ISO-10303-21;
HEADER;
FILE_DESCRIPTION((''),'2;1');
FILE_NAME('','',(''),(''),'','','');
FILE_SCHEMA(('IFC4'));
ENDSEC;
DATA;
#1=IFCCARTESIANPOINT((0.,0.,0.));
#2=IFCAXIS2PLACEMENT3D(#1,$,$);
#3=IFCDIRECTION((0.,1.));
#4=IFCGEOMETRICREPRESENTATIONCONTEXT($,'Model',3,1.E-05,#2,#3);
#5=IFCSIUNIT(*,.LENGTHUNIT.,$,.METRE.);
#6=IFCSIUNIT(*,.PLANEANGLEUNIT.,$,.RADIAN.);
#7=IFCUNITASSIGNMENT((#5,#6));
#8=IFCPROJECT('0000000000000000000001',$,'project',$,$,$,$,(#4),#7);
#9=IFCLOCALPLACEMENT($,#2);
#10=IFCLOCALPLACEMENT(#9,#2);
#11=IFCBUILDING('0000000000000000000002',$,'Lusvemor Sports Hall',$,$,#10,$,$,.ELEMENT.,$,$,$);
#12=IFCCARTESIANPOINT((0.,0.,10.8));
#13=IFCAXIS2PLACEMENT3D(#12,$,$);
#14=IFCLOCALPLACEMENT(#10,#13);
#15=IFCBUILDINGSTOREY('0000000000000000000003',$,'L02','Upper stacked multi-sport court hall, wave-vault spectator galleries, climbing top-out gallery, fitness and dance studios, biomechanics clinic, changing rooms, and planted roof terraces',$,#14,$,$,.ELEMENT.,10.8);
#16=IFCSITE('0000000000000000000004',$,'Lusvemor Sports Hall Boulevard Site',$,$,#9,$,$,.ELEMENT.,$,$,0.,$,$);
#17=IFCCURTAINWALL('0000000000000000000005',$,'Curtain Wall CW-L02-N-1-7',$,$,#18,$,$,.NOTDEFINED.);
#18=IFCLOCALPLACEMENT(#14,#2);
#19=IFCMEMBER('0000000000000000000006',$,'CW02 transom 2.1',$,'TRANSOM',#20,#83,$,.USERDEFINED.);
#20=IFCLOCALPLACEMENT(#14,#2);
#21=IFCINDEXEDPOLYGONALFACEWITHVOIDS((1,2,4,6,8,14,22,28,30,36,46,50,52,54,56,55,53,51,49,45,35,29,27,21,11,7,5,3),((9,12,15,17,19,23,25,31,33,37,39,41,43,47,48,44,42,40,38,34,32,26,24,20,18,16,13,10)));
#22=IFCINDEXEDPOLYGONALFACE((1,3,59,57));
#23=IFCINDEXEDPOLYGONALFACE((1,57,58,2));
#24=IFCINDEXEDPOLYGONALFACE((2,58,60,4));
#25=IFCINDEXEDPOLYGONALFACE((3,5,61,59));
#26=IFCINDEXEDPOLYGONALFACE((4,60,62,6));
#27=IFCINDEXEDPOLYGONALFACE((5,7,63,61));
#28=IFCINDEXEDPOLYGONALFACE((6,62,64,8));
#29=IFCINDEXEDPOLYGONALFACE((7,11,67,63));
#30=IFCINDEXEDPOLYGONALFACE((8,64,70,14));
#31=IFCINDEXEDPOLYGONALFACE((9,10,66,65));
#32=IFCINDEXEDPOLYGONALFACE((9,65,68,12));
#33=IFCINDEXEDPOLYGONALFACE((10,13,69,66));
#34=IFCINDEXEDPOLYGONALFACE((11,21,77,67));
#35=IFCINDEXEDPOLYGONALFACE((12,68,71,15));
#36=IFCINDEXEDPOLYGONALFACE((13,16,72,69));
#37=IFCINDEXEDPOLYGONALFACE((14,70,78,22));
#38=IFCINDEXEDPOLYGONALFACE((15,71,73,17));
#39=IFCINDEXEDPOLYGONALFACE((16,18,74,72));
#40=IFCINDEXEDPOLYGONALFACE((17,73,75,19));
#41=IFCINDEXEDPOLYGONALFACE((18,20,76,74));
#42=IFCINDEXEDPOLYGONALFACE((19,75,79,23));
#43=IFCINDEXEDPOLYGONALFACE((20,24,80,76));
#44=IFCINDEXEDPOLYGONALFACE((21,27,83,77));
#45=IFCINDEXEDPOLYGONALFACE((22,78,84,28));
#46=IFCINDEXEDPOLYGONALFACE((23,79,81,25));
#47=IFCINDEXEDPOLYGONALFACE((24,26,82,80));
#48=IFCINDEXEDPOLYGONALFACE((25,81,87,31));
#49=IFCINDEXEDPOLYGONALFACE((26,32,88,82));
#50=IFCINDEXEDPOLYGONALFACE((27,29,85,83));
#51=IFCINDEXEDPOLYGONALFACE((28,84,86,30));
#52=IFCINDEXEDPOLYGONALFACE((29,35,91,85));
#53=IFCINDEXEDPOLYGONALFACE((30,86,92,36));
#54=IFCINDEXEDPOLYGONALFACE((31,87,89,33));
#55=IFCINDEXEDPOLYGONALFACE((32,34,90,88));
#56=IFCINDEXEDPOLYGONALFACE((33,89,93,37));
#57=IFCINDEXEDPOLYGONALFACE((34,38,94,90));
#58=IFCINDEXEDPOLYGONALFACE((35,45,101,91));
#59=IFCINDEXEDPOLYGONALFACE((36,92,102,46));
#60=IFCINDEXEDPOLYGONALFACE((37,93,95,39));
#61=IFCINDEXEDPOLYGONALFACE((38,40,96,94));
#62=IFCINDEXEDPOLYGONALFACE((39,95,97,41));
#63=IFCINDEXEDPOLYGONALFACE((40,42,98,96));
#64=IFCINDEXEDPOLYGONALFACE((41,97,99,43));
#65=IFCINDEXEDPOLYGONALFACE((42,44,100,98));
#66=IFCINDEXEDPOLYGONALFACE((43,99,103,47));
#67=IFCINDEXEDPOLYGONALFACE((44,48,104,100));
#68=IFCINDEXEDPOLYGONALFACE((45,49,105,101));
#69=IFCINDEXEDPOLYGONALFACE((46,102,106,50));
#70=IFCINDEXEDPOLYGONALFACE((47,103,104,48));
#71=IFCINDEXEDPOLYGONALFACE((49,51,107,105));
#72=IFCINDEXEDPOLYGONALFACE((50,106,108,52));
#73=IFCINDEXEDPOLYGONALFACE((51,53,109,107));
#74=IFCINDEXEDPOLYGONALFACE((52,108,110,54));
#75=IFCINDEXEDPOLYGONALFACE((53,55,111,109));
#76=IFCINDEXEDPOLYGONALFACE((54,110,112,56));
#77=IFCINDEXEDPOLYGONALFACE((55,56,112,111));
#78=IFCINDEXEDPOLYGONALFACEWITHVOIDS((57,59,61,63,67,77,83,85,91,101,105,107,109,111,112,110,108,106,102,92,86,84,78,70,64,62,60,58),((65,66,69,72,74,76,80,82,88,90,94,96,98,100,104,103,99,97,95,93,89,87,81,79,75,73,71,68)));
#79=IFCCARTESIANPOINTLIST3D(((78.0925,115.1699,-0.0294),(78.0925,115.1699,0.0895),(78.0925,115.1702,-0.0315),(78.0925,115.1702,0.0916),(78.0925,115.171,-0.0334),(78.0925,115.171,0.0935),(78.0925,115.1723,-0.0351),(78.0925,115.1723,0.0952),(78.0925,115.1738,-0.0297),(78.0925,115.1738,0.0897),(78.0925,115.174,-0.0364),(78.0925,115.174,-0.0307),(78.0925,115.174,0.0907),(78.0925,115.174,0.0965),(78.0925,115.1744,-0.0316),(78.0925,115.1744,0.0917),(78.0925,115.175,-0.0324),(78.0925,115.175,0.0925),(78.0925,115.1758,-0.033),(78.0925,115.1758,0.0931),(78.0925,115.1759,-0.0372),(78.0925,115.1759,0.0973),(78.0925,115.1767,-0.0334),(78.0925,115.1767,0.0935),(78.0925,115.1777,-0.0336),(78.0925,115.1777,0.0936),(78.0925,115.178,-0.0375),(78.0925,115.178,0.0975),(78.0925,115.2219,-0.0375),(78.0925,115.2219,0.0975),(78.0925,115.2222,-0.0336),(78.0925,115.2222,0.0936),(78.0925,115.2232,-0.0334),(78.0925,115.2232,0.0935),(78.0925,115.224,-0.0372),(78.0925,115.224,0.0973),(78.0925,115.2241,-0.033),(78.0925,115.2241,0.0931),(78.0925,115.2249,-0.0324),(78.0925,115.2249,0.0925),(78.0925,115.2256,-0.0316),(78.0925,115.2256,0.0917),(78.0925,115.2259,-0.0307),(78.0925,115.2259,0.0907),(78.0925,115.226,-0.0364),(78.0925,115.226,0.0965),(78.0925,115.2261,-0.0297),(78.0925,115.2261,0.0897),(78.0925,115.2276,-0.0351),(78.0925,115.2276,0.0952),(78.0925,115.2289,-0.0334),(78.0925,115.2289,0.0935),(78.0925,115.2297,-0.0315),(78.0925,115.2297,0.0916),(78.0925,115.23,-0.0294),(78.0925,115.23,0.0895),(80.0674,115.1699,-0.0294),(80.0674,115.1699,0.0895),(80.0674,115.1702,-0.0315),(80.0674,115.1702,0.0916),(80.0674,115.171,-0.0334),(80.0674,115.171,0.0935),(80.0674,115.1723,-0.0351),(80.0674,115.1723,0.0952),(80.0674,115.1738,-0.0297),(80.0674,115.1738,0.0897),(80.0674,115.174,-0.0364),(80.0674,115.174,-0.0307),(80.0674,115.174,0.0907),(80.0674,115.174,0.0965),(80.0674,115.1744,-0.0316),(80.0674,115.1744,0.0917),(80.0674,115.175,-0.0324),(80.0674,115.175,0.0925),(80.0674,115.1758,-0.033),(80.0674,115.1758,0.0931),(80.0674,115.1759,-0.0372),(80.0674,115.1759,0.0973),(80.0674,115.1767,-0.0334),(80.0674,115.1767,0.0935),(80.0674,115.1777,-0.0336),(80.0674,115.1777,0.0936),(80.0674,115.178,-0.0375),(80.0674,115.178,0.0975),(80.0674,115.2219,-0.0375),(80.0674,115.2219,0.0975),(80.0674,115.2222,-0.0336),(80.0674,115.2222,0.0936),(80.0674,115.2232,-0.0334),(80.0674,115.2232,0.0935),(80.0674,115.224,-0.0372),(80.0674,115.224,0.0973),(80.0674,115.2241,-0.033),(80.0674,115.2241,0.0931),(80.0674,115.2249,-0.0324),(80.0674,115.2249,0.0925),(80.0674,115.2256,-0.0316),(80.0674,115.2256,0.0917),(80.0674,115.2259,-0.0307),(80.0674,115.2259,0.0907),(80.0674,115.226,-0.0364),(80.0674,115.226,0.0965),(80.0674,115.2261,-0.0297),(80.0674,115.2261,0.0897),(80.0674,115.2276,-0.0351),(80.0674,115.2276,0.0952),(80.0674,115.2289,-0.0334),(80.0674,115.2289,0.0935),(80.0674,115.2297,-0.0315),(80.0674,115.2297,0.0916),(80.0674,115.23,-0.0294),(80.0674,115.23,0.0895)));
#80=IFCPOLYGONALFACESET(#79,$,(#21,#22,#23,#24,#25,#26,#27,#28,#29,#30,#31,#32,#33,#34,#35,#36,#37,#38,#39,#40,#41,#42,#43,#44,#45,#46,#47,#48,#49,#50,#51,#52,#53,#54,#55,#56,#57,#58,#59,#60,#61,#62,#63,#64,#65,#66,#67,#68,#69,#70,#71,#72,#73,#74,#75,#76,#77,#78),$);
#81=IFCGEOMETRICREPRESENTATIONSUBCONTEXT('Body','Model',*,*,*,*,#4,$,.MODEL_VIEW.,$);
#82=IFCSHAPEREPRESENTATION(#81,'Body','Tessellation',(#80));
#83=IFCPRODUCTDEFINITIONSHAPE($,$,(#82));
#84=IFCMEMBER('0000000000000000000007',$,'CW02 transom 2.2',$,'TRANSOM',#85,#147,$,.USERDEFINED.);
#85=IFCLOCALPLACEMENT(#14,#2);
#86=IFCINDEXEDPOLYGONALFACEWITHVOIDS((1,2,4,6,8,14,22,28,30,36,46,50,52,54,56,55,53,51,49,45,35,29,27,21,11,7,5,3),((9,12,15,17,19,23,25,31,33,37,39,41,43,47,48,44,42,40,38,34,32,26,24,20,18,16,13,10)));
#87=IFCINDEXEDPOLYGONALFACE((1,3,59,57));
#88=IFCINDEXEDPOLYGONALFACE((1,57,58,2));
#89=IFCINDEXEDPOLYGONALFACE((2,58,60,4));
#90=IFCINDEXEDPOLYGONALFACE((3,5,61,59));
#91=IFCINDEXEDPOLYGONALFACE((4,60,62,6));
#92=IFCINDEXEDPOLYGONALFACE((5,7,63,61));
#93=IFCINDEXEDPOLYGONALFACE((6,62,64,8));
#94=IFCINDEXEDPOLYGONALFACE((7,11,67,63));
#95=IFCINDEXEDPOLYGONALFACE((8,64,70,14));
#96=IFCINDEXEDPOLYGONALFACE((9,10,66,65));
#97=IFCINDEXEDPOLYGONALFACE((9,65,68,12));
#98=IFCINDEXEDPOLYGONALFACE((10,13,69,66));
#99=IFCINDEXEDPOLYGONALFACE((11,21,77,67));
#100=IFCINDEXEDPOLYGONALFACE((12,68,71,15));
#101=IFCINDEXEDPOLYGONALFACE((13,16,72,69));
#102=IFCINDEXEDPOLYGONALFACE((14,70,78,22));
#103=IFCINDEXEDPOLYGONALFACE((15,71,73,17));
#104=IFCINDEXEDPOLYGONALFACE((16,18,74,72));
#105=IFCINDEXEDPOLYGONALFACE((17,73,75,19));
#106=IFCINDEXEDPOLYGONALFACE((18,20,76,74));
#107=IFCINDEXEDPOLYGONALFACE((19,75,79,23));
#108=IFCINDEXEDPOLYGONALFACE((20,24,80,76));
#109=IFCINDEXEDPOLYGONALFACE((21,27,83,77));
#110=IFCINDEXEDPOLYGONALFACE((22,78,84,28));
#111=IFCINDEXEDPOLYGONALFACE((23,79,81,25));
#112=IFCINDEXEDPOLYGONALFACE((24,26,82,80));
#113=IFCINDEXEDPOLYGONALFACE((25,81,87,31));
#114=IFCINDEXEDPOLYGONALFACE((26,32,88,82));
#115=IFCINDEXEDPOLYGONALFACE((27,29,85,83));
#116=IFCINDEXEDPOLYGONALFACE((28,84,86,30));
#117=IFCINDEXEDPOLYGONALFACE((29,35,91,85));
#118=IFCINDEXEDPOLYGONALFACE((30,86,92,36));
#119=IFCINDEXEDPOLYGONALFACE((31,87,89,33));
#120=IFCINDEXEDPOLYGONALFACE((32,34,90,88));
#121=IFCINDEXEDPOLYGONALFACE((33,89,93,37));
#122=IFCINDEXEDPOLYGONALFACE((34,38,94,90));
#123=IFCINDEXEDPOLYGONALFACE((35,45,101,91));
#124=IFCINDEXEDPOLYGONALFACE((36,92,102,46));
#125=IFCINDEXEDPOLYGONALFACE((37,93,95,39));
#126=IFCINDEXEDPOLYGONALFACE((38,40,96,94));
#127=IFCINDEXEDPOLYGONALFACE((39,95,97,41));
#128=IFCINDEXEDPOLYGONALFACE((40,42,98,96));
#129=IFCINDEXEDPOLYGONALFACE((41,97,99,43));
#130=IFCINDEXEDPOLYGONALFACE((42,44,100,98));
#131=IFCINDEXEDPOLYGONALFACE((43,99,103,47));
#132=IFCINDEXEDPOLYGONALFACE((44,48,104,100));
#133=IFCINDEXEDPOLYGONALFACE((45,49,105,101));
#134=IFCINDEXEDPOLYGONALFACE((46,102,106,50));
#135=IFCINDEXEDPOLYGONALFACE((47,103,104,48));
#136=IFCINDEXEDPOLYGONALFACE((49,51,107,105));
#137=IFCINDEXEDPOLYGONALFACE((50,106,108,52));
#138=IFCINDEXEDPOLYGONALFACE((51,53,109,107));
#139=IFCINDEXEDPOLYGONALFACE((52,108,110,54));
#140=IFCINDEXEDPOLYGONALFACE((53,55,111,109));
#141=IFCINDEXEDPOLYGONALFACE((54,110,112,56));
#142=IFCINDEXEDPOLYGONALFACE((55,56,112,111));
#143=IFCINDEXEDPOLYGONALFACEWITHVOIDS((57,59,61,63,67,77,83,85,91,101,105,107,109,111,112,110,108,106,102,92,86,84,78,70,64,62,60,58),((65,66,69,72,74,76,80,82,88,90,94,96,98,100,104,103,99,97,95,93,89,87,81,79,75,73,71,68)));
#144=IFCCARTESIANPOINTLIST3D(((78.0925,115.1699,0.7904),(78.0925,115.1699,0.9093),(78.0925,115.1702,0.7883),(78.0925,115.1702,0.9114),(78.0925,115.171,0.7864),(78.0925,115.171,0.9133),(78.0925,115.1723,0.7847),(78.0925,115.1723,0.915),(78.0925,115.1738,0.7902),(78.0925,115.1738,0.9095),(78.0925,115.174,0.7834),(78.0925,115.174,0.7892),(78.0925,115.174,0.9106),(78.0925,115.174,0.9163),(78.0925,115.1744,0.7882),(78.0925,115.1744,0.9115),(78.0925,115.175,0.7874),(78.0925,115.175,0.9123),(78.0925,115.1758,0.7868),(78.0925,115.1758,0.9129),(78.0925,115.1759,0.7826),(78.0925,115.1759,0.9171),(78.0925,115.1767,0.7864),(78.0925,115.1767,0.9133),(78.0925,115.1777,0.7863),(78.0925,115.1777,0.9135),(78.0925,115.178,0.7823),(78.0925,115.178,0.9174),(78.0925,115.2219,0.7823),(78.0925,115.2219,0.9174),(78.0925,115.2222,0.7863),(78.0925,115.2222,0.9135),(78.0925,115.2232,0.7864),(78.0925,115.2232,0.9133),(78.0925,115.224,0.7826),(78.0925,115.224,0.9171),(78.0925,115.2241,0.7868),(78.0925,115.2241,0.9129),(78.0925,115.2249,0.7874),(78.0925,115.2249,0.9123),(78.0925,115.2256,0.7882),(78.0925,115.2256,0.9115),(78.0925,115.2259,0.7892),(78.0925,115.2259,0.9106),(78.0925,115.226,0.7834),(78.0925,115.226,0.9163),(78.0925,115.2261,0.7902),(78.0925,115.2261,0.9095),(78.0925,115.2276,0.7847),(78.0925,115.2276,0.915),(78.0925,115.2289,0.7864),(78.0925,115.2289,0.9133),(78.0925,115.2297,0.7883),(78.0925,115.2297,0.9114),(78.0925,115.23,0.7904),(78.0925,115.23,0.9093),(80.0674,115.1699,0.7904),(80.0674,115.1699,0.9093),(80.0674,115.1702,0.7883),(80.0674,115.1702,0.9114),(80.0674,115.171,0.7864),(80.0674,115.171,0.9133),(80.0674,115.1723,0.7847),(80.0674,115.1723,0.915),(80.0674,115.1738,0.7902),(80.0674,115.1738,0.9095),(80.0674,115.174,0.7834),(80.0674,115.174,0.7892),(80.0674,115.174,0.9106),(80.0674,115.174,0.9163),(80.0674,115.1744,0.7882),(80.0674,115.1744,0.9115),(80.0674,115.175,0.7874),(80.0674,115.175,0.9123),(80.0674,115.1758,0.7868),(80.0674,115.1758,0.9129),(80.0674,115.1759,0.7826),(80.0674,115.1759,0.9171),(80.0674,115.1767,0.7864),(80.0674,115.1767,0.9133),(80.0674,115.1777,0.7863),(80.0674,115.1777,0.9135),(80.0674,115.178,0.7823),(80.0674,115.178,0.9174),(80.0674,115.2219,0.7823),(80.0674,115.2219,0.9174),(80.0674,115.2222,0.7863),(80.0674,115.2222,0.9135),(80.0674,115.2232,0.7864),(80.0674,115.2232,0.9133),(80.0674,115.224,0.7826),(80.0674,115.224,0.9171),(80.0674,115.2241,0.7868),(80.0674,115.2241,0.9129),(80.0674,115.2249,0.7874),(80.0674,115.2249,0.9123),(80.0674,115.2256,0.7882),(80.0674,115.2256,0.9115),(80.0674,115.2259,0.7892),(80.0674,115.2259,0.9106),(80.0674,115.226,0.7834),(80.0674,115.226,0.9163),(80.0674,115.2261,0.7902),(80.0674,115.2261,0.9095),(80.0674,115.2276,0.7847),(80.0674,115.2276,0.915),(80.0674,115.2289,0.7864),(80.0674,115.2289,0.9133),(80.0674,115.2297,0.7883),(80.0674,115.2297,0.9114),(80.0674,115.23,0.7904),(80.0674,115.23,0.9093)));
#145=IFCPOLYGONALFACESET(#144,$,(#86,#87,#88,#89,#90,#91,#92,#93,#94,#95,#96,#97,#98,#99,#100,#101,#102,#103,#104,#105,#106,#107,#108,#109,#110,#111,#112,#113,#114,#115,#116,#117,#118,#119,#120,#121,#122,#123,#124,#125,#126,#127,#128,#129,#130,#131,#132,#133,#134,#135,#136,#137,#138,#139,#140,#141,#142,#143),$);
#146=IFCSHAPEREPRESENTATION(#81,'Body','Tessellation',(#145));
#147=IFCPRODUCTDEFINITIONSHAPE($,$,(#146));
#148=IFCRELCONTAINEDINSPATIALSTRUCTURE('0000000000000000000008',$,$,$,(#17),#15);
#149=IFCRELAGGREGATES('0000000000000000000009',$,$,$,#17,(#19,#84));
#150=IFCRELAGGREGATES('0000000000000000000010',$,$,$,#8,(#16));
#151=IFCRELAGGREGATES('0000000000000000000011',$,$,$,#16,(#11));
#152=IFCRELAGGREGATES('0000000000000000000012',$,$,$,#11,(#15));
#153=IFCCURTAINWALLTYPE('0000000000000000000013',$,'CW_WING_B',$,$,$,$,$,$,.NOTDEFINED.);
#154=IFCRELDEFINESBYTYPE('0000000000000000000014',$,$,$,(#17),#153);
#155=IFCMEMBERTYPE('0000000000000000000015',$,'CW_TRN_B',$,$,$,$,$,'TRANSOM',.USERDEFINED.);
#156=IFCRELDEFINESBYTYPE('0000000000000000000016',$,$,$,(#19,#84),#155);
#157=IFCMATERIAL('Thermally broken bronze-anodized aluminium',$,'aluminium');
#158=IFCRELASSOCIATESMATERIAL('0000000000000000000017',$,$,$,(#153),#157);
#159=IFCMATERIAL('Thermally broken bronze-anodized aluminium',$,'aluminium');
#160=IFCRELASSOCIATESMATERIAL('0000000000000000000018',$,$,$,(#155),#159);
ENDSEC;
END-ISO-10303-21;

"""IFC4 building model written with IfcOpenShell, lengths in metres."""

from ifc_helpers import new_model, si_unit, direction, frame, origin, origin_2d, place, context, subcontext, project, spatial, hollow_rectangle, extrude, material, material_profile, profile_set, type_object, element, aggregate, save


model = new_model("IFC4")

# Units and contexts
model_context = context("Model", 3, precision=1e-05, world=origin(), true_north=direction((0.0, 1.0)))
body_context = subcontext(model_context, "Body", "Model", "MODEL_VIEW")
ifc_project = project(units=[si_unit("LENGTHUNIT", "METRE"), si_unit("PLANEANGLEUNIT", "RADIAN")], contexts=[model_context])

# Site, building, storey
site_placement = place(None, origin())
site = spatial("IfcSite", under=ifc_project, at=site_placement, Name="Lusvemor Sports Hall Boulevard Site", CompositionType="ELEMENT", RefElevation=0.0)
building_placement = place(site_placement, origin())
building = spatial("IfcBuilding", under=site, at=building_placement, Name="Lusvemor Sports Hall", CompositionType="ELEMENT")
storey_placement = place(building_placement, frame((0.0, 0.0, 10.8)))
storey = spatial("IfcBuildingStorey", under=building, at=storey_placement, Name="L02", Description="Upper stacked multi-sport court hall, wave-vault spectator galleries, climbing top-out gallery, fitness and dance studios, biomechanics clinic, changing rooms, and planted roof terraces", CompositionType="ELEMENT", Elevation=10.8)

# Curtain wall, members
ifc_material_1 = material(Name="Thermally broken bronze-anodized aluminium", Category="aluminium")
curtain_wall_type = type_object("IfcCurtainWallType", Name="CW_WING_B", PredefinedType="NOTDEFINED", material=ifc_material_1)
curtain_wall_placement = place(storey_placement, origin())
curtain_wall = element("IfcCurtainWall", 1, at=curtain_wall_placement, inside=storey, type_object=curtain_wall_type, Name="Curtain Wall CW-L02-N-1-7", PredefinedType="NOTDEFINED")
ifc_material_2 = material(Name="Thermally broken bronze-anodized aluminium", Category="aluminium")
ifc_material_profile_1 = material_profile(ifc_material_2, hollow_rectangle(XDim=0.0601, YDim=0.135, WallThickness=0.0039, InnerFilletRadius=0.0039, OuterFilletRadius=0.0081, at=origin_2d()), Name="CWTRN135x60x4")
ifc_profile_set_1 = profile_set([ifc_material_profile_1], Name="Thermally broken bronze-anodized aluminium")
member_type_1 = type_object("IfcMemberType", Name="CW_TRN_B", ElementType="TRANSOM", PredefinedType="USERDEFINED", material=ifc_profile_set_1)
member_1_placement = place(storey_placement, frame((78.0925, 115.2, 0.03), z_axis=(1.0, 0.0, 0.0), x_axis=(0.0, 1.0, 0.0)))
member_1 = element("IfcMember", 2, at=member_1_placement, type_object=member_type_1, Name="CW02 transom 2.1", ObjectType="TRANSOM", PredefinedType="USERDEFINED", context=body_context, shape_type="SweptSolid", body=[
    extrude(hollow_rectangle(XDim=0.0601, YDim=0.135, WallThickness=0.0039, InnerFilletRadius=0.0039, OuterFilletRadius=0.0081, at=origin_2d()), origin(), (0.0, 0.0, 1.0), 1.9749),
])
member_2_placement = place(storey_placement, frame((78.0925, 115.2, 0.8499), z_axis=(1.0, 0.0, 0.0), x_axis=(0.0, 1.0, 0.0)))
member_2 = element("IfcMember", 3, at=member_2_placement, type_object=member_type_1, Name="CW02 transom 2.2", ObjectType="TRANSOM", PredefinedType="USERDEFINED", context=body_context, shape_type="SweptSolid", body=[
    extrude(hollow_rectangle(XDim=0.0601, YDim=0.135, WallThickness=0.0039, InnerFilletRadius=0.0039, OuterFilletRadius=0.0081, at=origin_2d()), origin(), (0.0, 0.0, 1.0), 1.9749),
])

aggregate(curtain_wall, [member_1, member_2])

save(model, "model.ifc")
